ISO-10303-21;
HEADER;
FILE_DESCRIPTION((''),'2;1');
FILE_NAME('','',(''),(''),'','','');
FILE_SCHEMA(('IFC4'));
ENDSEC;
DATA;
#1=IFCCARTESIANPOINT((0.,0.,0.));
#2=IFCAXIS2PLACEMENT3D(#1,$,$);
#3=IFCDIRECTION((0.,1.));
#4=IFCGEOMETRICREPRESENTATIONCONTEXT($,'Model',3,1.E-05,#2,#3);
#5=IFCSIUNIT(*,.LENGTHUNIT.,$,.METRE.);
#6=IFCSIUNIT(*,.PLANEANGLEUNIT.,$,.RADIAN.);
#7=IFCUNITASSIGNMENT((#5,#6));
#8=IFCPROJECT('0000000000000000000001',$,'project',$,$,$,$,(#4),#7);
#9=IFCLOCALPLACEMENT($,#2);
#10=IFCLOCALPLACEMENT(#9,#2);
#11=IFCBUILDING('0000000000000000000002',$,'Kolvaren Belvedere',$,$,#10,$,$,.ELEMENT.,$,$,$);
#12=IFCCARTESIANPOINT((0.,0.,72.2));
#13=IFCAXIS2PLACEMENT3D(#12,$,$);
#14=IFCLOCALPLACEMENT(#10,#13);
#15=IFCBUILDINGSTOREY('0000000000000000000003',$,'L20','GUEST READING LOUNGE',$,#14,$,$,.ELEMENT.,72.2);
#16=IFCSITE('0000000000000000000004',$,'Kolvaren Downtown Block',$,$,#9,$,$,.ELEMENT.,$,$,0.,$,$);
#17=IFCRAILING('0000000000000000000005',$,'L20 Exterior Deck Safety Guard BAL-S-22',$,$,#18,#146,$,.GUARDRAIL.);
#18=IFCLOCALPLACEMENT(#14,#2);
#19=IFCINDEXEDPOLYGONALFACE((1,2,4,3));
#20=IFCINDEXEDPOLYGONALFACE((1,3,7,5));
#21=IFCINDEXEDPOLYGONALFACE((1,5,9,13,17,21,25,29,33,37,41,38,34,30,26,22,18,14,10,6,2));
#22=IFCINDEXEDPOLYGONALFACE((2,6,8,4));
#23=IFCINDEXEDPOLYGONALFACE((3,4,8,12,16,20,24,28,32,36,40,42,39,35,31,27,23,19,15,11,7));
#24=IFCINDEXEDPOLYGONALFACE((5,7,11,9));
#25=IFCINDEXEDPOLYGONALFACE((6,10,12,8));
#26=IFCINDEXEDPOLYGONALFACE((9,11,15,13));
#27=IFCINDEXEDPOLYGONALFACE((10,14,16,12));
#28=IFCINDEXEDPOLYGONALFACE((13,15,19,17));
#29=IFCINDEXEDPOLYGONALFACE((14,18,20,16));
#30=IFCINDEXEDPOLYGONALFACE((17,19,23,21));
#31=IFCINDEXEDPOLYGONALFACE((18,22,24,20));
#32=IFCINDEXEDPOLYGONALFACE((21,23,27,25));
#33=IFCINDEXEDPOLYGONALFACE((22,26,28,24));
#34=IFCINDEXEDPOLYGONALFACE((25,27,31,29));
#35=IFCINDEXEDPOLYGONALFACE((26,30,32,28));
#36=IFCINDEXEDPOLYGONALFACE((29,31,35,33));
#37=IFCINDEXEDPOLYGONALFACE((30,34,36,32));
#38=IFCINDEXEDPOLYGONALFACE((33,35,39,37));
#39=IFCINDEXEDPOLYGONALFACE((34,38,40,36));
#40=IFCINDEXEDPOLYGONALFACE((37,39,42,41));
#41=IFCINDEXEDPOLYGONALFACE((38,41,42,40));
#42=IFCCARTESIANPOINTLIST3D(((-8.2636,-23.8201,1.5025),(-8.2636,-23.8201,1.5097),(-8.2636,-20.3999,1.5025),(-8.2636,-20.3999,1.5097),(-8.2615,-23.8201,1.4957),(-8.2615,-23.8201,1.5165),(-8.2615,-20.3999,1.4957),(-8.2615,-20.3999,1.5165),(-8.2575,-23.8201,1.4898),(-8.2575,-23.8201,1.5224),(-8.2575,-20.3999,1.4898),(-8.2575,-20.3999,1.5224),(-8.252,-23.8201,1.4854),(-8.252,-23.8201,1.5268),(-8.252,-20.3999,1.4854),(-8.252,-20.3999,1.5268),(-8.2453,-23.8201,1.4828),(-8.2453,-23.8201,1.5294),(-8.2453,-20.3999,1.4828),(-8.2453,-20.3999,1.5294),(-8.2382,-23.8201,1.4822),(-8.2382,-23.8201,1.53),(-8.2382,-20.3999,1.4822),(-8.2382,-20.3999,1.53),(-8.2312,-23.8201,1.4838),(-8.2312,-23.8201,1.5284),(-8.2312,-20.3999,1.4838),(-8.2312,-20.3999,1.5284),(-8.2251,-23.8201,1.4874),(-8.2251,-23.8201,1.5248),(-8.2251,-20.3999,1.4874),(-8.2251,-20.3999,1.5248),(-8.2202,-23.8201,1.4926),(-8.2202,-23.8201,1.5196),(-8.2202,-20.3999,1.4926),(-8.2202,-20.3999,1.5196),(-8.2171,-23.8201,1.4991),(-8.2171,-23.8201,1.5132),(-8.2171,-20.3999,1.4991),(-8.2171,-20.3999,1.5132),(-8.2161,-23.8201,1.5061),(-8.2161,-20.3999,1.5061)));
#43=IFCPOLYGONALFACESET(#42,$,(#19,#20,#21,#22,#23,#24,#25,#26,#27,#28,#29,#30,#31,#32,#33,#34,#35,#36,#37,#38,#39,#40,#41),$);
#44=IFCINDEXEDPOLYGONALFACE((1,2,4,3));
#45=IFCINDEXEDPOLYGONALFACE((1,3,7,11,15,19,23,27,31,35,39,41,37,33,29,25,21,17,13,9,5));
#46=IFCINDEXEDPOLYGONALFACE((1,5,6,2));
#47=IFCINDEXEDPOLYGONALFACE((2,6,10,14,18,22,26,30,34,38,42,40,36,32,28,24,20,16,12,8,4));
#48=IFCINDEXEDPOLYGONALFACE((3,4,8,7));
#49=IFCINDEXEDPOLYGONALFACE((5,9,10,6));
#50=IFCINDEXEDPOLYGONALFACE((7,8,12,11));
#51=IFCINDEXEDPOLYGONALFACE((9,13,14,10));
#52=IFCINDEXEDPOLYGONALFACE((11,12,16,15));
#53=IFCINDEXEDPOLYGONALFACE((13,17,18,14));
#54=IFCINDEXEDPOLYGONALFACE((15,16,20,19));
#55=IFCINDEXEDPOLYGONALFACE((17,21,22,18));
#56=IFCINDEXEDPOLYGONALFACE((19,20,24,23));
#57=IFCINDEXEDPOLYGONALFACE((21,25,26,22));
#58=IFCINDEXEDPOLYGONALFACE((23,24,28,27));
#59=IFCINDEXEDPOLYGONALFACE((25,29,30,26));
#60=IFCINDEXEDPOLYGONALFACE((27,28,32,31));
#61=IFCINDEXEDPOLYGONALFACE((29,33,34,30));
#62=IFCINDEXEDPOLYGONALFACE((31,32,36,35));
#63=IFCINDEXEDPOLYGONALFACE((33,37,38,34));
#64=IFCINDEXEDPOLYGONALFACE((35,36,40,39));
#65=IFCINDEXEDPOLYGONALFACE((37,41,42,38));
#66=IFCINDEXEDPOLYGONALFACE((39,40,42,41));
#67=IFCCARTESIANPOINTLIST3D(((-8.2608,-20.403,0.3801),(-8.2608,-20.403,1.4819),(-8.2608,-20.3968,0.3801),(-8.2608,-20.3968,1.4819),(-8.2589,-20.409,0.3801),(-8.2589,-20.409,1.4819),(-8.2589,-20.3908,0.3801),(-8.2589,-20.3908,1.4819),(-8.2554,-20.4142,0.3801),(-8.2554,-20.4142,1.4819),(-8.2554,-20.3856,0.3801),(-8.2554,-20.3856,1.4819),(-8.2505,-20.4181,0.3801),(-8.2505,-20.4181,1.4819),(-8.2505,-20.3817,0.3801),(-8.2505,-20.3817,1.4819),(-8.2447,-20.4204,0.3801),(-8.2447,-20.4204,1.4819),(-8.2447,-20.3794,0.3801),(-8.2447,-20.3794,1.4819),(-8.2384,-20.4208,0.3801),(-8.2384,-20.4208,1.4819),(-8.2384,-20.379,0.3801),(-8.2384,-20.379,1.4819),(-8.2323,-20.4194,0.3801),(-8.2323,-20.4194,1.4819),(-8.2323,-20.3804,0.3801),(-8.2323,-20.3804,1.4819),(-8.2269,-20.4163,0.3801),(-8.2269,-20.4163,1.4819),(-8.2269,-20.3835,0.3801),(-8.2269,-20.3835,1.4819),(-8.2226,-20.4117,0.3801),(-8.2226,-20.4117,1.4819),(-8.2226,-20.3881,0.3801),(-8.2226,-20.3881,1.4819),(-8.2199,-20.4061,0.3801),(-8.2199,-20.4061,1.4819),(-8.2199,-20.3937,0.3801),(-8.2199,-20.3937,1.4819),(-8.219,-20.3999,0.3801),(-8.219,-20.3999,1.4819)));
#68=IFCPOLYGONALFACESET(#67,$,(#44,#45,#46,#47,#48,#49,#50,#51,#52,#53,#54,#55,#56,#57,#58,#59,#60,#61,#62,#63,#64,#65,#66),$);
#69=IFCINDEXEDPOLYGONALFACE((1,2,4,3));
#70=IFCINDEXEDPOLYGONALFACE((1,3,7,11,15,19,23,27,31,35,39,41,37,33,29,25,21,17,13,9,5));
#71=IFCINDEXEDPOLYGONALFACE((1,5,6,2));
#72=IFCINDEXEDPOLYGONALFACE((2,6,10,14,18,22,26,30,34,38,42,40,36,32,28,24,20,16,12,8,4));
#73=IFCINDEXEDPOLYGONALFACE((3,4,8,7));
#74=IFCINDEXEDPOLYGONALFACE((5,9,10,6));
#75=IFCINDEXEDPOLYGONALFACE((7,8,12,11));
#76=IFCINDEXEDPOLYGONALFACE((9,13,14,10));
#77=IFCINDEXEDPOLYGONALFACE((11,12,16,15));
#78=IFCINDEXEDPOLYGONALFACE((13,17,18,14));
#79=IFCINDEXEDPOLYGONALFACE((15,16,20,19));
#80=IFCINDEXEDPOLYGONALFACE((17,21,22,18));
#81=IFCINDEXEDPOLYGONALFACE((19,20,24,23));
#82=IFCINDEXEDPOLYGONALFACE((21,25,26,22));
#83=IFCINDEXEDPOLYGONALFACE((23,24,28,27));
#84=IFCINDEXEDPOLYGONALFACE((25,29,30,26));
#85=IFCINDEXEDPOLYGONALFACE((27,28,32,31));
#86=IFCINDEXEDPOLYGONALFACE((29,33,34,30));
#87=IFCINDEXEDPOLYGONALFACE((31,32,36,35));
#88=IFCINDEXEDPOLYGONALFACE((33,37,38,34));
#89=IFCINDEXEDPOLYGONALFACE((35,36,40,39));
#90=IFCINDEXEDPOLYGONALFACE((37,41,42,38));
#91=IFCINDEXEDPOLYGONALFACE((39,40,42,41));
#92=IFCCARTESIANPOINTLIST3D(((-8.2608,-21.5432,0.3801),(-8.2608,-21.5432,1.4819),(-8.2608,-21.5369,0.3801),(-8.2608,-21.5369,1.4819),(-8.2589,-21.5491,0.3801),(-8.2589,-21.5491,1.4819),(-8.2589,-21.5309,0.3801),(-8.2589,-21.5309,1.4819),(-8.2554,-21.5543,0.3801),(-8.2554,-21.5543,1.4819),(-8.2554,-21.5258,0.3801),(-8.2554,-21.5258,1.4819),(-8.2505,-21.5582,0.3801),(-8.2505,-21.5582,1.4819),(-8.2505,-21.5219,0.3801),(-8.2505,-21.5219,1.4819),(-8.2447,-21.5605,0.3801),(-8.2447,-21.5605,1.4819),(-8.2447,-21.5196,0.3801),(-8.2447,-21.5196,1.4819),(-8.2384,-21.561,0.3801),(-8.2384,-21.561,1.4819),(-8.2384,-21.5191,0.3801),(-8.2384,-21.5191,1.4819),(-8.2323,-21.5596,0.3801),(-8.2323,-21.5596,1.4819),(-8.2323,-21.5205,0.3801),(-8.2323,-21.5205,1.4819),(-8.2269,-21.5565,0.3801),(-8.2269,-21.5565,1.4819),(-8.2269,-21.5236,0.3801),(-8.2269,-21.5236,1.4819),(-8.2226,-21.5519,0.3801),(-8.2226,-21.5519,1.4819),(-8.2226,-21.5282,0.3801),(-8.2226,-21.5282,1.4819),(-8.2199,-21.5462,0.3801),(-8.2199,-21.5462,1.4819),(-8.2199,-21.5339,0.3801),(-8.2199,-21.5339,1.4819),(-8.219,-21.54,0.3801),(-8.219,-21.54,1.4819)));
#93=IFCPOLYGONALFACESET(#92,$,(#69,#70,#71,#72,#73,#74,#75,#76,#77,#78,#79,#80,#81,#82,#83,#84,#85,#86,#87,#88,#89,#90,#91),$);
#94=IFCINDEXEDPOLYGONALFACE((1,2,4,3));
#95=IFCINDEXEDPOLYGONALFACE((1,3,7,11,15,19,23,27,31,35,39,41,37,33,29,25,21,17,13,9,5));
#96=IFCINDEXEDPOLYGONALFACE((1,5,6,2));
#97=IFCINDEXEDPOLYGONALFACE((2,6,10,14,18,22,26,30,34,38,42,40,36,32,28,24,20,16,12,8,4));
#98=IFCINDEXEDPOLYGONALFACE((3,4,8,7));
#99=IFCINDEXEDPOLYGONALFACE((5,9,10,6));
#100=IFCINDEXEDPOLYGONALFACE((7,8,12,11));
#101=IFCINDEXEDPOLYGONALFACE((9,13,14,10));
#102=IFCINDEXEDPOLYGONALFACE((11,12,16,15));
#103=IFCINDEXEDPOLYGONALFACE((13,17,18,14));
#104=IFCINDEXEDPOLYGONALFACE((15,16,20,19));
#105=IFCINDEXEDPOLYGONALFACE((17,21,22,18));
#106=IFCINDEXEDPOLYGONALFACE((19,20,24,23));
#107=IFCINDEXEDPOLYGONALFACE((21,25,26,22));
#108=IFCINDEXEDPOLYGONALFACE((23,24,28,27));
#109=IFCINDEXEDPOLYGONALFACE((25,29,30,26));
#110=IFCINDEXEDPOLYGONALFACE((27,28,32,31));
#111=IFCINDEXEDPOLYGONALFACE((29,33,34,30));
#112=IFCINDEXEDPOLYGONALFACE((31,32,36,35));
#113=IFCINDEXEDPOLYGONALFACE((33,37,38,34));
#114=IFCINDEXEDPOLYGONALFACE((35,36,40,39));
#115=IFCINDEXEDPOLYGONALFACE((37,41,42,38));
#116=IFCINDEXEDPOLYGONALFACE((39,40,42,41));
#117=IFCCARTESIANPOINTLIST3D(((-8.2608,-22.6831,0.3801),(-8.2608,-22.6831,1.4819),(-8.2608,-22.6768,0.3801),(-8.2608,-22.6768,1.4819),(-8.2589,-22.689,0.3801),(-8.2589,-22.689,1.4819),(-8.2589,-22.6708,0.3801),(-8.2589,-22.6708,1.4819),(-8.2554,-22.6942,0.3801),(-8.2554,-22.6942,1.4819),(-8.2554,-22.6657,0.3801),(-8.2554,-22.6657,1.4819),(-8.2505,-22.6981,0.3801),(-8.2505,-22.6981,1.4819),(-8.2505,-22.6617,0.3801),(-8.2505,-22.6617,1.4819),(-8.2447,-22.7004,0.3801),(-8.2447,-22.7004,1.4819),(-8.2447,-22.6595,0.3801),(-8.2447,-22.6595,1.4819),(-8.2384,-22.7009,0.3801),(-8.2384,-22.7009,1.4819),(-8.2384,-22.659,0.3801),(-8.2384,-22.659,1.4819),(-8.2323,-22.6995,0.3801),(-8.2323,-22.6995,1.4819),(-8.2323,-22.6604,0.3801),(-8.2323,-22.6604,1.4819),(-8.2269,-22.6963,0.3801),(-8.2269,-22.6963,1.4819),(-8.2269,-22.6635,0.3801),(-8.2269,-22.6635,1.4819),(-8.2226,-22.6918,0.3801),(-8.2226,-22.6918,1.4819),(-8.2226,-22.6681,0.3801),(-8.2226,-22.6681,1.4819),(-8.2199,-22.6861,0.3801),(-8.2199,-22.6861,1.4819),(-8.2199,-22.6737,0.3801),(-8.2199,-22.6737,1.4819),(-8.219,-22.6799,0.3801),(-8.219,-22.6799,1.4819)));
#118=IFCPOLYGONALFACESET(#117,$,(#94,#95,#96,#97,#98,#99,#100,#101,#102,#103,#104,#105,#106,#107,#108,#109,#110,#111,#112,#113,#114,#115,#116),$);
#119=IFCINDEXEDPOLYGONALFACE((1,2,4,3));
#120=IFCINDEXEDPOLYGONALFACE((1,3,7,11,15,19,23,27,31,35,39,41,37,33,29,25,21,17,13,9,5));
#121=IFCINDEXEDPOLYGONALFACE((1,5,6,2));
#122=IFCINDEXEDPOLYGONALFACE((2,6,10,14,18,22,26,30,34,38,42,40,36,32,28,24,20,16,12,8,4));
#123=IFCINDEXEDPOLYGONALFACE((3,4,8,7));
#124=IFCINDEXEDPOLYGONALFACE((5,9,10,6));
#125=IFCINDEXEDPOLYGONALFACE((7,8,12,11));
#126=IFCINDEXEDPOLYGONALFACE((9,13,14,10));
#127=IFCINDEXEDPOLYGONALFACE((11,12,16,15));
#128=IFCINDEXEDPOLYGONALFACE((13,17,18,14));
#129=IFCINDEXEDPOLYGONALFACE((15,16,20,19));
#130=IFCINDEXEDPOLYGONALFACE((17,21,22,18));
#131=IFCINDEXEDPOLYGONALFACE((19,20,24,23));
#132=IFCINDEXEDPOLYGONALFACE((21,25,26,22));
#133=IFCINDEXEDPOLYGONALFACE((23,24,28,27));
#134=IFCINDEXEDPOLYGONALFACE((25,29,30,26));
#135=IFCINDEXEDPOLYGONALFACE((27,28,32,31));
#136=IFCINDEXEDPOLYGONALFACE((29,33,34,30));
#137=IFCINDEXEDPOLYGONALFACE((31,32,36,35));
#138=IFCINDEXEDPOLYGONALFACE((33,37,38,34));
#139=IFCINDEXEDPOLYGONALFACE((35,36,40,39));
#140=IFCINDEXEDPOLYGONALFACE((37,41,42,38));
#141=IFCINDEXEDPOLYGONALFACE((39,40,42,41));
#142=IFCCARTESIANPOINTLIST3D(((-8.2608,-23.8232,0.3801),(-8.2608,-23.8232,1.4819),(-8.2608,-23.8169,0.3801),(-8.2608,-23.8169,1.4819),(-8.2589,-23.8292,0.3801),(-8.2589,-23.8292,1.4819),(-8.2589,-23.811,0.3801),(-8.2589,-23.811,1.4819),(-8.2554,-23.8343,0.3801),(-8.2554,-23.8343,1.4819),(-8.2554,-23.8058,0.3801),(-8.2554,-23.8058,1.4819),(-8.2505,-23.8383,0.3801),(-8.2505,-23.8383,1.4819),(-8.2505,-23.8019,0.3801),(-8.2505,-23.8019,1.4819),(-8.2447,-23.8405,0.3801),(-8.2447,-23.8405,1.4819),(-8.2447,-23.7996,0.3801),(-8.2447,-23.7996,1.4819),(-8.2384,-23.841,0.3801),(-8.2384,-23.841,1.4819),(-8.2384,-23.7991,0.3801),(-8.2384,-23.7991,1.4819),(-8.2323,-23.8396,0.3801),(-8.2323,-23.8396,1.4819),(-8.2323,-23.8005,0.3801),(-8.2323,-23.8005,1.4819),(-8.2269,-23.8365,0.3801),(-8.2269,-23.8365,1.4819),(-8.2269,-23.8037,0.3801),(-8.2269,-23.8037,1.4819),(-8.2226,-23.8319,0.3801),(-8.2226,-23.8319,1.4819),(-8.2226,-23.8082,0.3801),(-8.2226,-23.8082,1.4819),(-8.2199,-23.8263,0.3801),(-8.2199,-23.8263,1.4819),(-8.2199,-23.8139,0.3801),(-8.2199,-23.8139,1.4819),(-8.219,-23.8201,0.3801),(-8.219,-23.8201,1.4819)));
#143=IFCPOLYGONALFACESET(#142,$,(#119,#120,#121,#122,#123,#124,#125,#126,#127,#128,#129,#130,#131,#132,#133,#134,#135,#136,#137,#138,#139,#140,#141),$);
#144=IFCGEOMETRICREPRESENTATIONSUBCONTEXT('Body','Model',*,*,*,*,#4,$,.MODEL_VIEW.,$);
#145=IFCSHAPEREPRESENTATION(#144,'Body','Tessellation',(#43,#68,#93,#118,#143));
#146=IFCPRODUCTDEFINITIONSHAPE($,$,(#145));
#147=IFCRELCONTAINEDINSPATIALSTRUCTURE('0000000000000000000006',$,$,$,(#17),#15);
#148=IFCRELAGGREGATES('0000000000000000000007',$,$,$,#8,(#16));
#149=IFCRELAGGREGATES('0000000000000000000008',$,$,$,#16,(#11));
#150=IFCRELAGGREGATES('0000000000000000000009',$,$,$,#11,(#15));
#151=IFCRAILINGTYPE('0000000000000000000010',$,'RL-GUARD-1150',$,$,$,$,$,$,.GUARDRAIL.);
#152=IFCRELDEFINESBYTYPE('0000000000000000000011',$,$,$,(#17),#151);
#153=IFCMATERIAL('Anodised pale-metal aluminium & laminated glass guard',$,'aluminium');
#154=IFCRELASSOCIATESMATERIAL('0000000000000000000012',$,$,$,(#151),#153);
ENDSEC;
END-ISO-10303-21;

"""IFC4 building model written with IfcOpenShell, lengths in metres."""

from ifc_helpers import new_model, si_unit, direction, frame, origin, origin_2d, place, context, subcontext, project, spatial, circle, extrude, material, type_object, element, save


model = new_model("IFC4")

# Units and contexts
model_context = context("Model", 3, precision=1e-05, world=origin(), true_north=direction((0.0, 1.0)))
body_context = subcontext(model_context, "Body", "Model", "MODEL_VIEW")
ifc_project = project(units=[si_unit("LENGTHUNIT", "METRE"), si_unit("PLANEANGLEUNIT", "RADIAN")], contexts=[model_context])

# Site, building, storey
site_placement = place(None, origin())
site = spatial("IfcSite", under=ifc_project, at=site_placement, Name="Kolvaren Downtown Block", CompositionType="ELEMENT", RefElevation=0.0)
building_placement = place(site_placement, origin())
building = spatial("IfcBuilding", under=site, at=building_placement, Name="Kolvaren Belvedere", CompositionType="ELEMENT")
storey_placement = place(building_placement, frame((0.0, 0.0, 72.2)))
storey = spatial("IfcBuildingStorey", under=building, at=storey_placement, Name="L20", Description="GUEST READING LOUNGE", CompositionType="ELEMENT", Elevation=72.2)

# Railing
ifc_material_1 = material(Name="Anodised pale-metal aluminium & laminated glass guard", Category="aluminium")
railing_type = type_object("IfcRailingType", Name="RL-GUARD-1150", PredefinedType="GUARDRAIL", material=ifc_material_1)
railing_1_placement = place(storey_placement, frame((-8.24, -20.3999, 0.3801)))
element("IfcRailing", 1, at=railing_1_placement, inside=storey, type_object=railing_type, Name="L20 Exterior Deck Safety Guard BAL-S-22", PredefinedType="GUARDRAIL", context=body_context, shape_type="SweptSolid", body=[
    extrude(circle(Radius=0.0239, at=origin_2d()), frame((0.0, 0.0, 1.126), z_axis=(0.0, -1.0, 0.0), x_axis=(1.0, 0.0, 0.0)), (0.0, 0.0, 1.0), 3.4202),
    extrude(circle(Radius=0.021, at=origin_2d()), origin(), (0.0, 0.0, 1.0), 1.1018),
    extrude(circle(Radius=0.021, at=origin_2d()), frame((0.0, -1.1401, 0.0)), (0.0, 0.0, 1.0), 1.1018),
    extrude(circle(Radius=0.021, at=origin_2d()), frame((0.0, -2.28, 0.0)), (0.0, 0.0, 1.0), 1.1018),
    extrude(circle(Radius=0.021, at=origin_2d()), frame((0.0, -3.4202, 0.0)), (0.0, 0.0, 1.0), 1.1018),
])

save(model, "model.ifc")
